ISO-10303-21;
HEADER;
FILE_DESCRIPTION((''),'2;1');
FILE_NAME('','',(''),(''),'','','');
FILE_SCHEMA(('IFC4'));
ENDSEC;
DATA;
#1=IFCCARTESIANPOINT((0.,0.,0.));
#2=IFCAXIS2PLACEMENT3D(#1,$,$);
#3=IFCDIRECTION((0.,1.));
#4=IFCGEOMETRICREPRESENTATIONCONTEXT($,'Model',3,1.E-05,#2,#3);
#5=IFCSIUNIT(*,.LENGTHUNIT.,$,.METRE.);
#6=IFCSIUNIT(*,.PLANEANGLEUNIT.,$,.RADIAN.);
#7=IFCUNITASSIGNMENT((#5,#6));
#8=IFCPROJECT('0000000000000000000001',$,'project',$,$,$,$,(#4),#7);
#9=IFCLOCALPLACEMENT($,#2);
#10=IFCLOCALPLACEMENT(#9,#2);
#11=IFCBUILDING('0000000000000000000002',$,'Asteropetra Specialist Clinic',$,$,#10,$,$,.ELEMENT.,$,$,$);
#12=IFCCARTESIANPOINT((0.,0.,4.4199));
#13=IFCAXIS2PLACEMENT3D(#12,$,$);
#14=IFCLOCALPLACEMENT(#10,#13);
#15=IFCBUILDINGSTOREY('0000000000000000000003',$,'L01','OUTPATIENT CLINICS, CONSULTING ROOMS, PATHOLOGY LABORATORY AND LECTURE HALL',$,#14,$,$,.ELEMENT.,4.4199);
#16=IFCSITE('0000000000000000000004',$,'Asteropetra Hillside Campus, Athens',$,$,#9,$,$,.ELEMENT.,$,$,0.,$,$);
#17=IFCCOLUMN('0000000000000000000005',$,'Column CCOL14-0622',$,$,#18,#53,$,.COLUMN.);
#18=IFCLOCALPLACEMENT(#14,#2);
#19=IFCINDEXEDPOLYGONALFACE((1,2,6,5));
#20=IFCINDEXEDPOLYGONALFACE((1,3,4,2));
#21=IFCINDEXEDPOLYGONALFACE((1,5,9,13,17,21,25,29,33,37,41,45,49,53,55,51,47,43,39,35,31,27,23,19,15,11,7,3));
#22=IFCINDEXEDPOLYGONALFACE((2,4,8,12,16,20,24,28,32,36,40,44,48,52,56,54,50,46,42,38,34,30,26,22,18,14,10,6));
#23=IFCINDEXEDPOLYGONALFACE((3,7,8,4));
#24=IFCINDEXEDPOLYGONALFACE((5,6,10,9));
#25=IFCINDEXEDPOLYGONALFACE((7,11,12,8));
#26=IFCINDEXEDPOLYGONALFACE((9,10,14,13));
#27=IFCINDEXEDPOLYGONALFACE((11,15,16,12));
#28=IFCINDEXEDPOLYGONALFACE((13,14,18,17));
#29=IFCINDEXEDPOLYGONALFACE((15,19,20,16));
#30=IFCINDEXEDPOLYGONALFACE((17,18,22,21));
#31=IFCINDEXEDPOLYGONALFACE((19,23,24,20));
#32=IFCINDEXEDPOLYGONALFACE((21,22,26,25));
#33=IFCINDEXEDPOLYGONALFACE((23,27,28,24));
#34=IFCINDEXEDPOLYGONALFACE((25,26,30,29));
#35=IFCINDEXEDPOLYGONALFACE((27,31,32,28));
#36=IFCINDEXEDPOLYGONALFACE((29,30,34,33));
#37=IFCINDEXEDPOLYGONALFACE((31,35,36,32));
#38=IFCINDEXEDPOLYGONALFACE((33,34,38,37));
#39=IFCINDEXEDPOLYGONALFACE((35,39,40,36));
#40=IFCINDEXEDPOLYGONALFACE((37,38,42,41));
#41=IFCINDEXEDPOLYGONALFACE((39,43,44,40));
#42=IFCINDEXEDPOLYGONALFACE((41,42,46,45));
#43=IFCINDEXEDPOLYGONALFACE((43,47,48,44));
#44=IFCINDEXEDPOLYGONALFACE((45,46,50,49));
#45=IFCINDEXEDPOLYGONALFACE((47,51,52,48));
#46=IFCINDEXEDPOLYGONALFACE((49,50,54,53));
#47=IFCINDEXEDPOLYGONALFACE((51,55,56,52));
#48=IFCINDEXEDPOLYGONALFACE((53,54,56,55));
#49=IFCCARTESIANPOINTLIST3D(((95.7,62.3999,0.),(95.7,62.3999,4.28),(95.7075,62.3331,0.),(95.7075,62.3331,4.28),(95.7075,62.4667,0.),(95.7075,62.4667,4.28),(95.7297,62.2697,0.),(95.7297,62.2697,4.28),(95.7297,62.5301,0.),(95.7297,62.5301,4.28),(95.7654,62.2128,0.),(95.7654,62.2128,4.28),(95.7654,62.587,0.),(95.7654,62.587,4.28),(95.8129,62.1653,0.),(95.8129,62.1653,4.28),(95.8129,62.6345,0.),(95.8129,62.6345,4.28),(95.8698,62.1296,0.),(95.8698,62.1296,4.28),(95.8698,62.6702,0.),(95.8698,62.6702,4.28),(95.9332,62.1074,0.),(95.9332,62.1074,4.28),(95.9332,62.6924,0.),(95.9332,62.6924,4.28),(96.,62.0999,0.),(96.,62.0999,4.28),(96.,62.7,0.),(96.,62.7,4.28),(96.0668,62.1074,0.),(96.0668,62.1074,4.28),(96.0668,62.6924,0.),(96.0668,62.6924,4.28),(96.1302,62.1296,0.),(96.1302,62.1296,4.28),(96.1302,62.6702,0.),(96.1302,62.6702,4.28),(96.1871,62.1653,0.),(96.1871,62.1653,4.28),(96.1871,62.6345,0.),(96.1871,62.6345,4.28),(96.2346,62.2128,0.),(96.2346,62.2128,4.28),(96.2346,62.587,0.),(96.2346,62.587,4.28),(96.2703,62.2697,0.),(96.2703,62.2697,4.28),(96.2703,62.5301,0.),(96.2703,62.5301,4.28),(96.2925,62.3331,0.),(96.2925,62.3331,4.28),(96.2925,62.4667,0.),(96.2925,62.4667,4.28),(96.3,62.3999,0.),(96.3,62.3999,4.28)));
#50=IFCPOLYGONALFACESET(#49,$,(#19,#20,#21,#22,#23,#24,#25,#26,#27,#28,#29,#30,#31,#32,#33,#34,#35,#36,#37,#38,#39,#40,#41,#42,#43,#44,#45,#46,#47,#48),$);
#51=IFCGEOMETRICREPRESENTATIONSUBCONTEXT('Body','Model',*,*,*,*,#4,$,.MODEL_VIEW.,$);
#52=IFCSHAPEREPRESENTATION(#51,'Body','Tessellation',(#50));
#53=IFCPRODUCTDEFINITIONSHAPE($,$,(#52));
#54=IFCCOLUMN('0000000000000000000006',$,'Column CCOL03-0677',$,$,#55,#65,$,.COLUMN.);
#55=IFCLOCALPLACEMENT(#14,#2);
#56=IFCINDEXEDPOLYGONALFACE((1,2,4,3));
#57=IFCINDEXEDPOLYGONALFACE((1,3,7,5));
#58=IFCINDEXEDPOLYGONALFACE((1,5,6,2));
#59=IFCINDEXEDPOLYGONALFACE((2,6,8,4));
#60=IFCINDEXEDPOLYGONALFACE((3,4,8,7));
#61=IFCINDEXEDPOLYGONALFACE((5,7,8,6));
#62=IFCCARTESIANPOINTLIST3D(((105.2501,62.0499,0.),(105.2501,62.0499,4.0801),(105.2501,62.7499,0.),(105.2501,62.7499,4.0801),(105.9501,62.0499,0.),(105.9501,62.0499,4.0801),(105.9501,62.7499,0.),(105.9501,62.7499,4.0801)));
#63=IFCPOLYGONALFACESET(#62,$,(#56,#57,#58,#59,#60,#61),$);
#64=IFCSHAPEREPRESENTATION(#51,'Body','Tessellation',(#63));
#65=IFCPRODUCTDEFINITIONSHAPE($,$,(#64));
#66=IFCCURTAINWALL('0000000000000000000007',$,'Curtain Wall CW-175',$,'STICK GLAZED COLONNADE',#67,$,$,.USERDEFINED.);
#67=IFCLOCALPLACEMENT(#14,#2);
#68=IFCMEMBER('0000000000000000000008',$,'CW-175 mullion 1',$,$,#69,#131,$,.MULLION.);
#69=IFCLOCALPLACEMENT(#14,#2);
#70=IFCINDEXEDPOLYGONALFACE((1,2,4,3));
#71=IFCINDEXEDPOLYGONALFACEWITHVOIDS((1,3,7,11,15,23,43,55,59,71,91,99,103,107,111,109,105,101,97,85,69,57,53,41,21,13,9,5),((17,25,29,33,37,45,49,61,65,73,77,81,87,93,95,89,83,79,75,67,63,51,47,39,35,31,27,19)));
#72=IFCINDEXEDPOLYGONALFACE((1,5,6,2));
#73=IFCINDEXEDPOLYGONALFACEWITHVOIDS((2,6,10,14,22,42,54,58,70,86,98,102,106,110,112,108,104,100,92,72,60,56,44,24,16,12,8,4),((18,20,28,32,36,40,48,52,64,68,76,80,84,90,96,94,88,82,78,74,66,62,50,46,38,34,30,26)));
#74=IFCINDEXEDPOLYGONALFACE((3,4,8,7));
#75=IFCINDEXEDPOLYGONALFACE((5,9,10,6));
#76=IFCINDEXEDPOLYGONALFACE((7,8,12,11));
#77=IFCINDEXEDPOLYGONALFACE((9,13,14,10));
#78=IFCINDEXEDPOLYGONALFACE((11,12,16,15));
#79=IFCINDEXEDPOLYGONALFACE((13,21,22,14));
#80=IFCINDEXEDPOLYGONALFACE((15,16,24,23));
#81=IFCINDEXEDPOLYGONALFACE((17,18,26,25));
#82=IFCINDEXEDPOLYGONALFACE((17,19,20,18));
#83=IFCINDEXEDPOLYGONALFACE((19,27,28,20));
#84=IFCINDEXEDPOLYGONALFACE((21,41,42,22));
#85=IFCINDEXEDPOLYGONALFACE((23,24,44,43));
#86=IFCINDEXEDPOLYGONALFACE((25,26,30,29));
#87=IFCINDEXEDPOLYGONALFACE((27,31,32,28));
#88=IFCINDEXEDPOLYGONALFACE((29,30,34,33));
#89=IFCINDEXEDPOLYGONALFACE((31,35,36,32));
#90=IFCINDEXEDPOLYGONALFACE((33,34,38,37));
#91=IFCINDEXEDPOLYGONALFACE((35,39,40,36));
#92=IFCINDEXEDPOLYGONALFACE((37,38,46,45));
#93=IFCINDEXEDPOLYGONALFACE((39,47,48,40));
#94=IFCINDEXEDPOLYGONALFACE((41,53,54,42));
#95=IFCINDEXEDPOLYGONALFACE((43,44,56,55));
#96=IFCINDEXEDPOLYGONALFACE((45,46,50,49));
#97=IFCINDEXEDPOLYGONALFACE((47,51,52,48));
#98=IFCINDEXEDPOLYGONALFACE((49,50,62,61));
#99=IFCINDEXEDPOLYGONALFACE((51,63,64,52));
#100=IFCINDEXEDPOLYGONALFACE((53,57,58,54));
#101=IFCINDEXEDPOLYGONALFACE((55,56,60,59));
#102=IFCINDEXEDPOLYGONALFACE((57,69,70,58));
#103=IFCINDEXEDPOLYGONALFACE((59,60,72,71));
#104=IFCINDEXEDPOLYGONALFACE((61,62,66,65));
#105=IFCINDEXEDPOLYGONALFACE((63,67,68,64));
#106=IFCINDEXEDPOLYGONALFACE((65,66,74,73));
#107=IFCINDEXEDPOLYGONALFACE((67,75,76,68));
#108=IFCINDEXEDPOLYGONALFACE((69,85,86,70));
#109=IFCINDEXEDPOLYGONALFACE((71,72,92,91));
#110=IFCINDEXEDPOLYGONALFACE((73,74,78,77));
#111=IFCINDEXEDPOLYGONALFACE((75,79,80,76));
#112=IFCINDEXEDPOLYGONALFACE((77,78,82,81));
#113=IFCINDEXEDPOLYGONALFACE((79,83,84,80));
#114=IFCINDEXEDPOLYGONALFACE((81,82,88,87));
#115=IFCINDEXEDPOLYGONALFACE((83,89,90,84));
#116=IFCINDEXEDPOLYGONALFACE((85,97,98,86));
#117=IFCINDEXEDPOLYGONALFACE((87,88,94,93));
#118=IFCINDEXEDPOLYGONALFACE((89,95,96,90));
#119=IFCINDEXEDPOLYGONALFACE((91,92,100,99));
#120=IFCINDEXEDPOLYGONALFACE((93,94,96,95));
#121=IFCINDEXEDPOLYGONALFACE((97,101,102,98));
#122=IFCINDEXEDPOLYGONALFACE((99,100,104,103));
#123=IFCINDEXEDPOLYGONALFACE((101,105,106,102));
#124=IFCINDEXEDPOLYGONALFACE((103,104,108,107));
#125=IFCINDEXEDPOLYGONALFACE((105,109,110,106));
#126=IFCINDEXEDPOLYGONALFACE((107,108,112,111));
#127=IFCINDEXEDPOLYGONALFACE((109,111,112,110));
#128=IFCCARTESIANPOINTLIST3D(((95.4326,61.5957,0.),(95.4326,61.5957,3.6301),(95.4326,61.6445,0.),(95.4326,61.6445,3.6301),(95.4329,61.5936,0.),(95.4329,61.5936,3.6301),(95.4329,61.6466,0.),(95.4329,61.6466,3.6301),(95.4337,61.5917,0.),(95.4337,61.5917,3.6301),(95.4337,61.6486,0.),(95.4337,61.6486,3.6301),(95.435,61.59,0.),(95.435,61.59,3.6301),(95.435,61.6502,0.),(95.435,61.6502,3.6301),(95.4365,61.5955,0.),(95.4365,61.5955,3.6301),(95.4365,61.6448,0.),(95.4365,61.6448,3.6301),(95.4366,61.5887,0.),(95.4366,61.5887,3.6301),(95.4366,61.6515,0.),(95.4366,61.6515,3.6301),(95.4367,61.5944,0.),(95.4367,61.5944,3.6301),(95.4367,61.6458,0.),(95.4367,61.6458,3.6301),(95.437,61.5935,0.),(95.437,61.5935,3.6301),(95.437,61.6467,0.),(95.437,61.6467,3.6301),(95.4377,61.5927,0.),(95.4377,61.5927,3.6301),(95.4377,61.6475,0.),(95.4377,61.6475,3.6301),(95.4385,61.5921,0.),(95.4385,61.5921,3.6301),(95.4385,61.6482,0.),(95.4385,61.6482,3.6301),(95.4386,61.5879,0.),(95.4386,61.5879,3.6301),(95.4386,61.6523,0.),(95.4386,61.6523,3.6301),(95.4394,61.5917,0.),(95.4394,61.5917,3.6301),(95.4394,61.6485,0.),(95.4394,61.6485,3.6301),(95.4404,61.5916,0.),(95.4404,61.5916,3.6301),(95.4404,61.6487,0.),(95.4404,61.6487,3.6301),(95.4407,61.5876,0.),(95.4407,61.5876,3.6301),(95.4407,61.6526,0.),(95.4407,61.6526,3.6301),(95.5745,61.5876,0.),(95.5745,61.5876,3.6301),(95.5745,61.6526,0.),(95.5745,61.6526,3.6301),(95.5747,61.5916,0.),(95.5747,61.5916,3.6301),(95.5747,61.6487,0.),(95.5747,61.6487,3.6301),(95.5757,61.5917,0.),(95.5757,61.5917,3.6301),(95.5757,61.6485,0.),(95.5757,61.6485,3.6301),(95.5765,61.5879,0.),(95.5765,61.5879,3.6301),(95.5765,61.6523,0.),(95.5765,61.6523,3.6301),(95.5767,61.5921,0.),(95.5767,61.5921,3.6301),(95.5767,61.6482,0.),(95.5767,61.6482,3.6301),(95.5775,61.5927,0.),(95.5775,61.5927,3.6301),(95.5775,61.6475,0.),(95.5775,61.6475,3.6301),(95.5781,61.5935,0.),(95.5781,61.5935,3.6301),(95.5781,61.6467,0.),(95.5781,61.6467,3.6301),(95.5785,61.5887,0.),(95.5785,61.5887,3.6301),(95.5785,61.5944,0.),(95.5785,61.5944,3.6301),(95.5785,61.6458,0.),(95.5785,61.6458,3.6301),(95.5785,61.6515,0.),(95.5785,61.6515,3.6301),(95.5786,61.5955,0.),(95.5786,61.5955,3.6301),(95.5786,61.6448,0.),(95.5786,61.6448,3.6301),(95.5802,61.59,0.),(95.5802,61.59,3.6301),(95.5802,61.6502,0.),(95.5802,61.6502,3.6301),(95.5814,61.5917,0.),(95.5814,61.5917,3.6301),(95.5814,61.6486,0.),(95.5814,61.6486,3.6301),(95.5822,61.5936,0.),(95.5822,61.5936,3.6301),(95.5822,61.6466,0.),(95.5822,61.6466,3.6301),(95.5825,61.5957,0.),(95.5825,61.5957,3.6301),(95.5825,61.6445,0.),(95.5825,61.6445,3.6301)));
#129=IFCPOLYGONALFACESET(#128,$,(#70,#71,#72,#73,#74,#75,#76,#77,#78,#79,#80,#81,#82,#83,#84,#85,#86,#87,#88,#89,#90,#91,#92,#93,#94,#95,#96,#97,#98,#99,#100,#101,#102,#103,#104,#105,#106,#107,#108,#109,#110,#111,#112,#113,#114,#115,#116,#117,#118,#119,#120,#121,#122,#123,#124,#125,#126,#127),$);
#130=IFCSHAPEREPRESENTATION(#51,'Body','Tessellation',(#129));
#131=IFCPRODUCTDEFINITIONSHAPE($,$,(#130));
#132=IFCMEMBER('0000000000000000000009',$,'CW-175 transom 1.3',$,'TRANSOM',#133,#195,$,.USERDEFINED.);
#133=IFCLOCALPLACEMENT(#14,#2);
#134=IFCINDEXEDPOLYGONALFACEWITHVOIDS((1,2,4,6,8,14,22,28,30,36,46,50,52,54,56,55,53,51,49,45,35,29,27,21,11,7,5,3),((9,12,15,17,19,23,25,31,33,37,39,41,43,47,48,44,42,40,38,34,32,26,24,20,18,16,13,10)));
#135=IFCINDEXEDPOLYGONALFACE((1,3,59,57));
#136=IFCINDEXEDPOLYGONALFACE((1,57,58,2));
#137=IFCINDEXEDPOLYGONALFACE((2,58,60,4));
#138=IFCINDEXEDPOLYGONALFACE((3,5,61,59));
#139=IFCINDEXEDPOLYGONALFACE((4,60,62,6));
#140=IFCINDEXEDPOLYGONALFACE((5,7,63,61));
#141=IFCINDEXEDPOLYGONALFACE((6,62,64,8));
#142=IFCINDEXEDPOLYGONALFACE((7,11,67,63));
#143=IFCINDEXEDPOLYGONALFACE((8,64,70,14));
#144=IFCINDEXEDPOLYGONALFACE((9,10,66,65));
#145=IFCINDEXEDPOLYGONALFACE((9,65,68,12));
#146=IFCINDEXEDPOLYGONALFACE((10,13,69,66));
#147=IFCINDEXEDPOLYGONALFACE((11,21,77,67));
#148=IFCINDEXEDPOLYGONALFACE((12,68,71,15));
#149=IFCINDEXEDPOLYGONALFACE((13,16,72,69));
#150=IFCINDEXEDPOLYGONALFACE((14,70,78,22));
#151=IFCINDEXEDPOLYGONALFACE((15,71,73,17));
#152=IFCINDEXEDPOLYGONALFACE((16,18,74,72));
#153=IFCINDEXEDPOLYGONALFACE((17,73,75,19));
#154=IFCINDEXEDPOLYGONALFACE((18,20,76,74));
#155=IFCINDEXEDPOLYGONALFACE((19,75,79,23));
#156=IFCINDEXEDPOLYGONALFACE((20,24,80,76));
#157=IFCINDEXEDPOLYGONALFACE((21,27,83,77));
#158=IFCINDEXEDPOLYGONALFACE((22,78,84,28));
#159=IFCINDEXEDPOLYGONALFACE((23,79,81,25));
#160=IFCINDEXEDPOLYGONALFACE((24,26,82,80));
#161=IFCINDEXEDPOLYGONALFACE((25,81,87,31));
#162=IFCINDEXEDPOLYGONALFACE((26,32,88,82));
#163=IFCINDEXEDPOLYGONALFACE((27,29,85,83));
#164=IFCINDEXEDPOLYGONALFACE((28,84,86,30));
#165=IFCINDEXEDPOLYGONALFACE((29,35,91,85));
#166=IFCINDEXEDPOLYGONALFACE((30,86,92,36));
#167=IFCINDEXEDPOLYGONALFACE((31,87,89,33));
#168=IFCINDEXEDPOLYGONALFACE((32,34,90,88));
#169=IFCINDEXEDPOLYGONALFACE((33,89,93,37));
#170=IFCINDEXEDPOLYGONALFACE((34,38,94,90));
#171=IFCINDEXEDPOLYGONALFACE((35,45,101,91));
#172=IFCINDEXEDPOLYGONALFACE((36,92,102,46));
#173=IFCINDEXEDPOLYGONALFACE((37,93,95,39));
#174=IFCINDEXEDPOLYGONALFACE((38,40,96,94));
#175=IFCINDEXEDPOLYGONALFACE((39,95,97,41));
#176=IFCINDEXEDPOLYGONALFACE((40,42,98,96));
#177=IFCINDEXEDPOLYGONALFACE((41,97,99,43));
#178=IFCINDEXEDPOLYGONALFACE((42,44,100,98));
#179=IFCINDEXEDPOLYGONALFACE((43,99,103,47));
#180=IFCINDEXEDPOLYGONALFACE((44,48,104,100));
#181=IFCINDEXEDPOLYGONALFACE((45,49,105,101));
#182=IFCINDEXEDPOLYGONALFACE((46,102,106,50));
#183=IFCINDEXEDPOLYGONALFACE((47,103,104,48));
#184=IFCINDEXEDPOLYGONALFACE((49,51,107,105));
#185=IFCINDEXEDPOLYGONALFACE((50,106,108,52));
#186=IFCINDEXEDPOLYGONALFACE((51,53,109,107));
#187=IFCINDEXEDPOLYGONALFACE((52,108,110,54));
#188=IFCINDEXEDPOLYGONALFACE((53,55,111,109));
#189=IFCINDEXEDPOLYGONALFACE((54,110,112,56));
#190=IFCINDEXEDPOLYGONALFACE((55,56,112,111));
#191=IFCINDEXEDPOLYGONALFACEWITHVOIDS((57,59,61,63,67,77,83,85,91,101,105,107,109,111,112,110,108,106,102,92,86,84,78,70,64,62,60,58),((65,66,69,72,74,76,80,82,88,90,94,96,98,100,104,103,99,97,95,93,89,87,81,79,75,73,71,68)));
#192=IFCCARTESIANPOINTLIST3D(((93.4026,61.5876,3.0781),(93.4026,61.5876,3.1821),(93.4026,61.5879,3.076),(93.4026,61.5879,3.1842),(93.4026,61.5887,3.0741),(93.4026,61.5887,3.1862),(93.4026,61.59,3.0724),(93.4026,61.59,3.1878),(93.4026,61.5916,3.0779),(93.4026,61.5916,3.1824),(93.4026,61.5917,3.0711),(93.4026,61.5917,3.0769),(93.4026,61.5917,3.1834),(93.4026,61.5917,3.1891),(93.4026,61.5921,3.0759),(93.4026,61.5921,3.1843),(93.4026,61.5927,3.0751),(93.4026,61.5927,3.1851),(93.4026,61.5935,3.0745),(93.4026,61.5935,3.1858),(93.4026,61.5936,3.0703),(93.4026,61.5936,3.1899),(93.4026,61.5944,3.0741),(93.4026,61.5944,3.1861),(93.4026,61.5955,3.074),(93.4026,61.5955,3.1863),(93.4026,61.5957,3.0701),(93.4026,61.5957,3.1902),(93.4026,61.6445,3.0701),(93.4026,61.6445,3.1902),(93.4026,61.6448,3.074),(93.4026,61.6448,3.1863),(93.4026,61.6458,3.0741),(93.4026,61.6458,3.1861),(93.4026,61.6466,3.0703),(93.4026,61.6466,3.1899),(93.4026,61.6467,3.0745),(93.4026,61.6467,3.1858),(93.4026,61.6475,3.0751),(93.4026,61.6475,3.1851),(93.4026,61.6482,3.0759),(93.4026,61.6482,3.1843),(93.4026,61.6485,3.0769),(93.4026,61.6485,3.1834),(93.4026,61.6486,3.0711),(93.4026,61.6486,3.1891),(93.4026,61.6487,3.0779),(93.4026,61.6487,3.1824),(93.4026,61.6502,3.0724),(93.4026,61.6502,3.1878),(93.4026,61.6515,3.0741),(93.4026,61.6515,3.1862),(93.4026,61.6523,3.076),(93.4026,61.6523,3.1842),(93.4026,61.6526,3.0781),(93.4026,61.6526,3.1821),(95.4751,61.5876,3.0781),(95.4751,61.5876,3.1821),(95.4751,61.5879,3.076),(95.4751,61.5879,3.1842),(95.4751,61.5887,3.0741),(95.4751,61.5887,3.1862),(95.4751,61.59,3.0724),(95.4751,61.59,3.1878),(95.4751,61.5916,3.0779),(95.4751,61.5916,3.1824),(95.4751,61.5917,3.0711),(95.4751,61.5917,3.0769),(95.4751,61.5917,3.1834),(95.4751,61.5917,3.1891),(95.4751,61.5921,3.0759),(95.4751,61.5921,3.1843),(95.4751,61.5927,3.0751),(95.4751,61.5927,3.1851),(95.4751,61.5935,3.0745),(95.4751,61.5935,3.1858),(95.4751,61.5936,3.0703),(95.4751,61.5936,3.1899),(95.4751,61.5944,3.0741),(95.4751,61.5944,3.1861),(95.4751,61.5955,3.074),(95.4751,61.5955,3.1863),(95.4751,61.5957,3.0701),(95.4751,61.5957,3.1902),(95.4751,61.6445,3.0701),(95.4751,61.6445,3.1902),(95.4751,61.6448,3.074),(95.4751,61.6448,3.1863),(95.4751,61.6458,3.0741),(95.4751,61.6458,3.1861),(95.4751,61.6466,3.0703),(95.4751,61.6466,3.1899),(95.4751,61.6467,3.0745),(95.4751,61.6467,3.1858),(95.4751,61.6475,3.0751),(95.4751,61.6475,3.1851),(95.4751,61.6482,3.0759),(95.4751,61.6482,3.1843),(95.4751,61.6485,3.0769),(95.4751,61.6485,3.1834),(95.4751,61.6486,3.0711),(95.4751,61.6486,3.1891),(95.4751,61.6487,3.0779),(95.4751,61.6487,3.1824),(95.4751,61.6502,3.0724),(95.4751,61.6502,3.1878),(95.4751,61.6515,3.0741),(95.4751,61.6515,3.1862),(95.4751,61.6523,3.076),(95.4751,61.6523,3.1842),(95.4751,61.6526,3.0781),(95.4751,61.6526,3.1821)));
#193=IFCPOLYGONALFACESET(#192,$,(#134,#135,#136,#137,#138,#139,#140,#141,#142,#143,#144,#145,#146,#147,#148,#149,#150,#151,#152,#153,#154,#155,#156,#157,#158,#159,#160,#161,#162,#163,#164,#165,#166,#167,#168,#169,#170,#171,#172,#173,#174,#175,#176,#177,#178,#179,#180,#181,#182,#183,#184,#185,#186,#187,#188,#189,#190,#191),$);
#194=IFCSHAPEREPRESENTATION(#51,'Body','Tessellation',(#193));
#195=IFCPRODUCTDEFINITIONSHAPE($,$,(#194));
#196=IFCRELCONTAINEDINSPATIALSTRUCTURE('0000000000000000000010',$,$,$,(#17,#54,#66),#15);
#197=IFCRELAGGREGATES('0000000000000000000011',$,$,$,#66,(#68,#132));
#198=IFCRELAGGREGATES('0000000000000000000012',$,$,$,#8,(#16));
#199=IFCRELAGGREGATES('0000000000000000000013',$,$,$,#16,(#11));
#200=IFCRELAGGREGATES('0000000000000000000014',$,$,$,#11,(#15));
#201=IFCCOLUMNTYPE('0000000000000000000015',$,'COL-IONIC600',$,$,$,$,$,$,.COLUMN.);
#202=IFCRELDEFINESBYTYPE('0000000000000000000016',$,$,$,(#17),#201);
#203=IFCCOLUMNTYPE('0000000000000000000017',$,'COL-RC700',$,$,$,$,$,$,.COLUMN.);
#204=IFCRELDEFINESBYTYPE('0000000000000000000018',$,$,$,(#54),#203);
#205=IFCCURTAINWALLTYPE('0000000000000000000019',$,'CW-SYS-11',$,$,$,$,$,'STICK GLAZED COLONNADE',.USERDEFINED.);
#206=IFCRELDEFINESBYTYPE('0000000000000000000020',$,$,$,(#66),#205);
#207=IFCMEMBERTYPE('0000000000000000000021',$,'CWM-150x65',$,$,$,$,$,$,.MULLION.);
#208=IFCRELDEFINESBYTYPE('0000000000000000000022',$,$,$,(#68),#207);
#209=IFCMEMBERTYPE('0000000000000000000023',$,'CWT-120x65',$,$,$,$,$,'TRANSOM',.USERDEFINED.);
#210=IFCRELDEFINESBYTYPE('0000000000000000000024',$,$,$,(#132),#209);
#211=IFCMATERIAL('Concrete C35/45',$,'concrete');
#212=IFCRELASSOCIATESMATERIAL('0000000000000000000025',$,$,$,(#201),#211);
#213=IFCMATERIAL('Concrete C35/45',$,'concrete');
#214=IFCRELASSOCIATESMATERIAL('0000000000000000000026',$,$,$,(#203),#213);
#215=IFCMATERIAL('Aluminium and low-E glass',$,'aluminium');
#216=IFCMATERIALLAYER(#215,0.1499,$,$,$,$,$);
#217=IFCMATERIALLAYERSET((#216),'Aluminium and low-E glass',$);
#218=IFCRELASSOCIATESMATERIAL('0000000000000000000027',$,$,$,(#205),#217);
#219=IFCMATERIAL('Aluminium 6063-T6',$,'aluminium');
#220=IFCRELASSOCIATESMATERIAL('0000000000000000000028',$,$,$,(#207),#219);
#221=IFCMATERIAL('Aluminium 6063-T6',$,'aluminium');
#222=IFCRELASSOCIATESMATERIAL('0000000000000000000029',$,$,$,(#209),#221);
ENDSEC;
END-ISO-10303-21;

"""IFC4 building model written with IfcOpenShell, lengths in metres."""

from ifc_helpers import new_model, si_unit, direction, frame, origin, origin_2d, place, context, subcontext, project, spatial, rectangle, hollow_rectangle, circle, extrude, material, layer, layer_set, material_profile, profile_set, type_object, element, aggregate, save


model = new_model("IFC4")

# Units and contexts
model_context = context("Model", 3, precision=1e-05, world=origin(), true_north=direction((0.0, 1.0)))
body_context = subcontext(model_context, "Body", "Model", "MODEL_VIEW")
ifc_project = project(units=[si_unit("LENGTHUNIT", "METRE"), si_unit("PLANEANGLEUNIT", "RADIAN")], contexts=[model_context])

# Site, building, storey
site_placement = place(None, origin())
site = spatial("IfcSite", under=ifc_project, at=site_placement, Name="Asteropetra Hillside Campus, Athens", CompositionType="ELEMENT", RefElevation=0.0)
building_placement = place(site_placement, origin())
building = spatial("IfcBuilding", under=site, at=building_placement, Name="Asteropetra Specialist Clinic", CompositionType="ELEMENT")
storey_placement = place(building_placement, frame((0.0, 0.0, 4.4199)))
storey = spatial("IfcBuildingStorey", under=building, at=storey_placement, Name="L01", Description="OUTPATIENT CLINICS, CONSULTING ROOMS, PATHOLOGY LABORATORY AND LECTURE HALL", CompositionType="ELEMENT", Elevation=4.4199)

# Columns
ifc_material_1 = material(Name="Concrete C35/45", Category="concrete")
ifc_material_profile_1 = material_profile(ifc_material_1, circle(Radius=0.3, at=origin_2d()), Name="RCC D600")
ifc_profile_set_1 = profile_set([ifc_material_profile_1], Name="Concrete C35/45")
column_type_1 = type_object("IfcColumnType", Name="COL-IONIC600", PredefinedType="COLUMN", material=ifc_profile_set_1)
column_1_placement = place(storey_placement, frame((96.0, 62.3999, 0.0), z_axis=(0.0, 0.0, 1.0), x_axis=(1.0, 0.0, 0.0)))
element("IfcColumn", 1, at=column_1_placement, inside=storey, type_object=column_type_1, Name="Column CCOL14-0622", PredefinedType="COLUMN", context=body_context, shape_type="SweptSolid", body=[
    extrude(circle(Radius=0.3, at=origin_2d()), origin(), (0.0, 0.0, 1.0), 4.28),
])
ifc_material_2 = material(Name="Concrete C35/45", Category="concrete")
ifc_material_profile_2 = material_profile(ifc_material_2, rectangle(XDim=0.7, YDim=0.7, at=origin_2d()), Name="RC 700x700")
ifc_profile_set_2 = profile_set([ifc_material_profile_2], Name="Concrete C35/45")
column_type_2 = type_object("IfcColumnType", Name="COL-RC700", PredefinedType="COLUMN", material=ifc_profile_set_2)
column_2_placement = place(storey_placement, frame((105.6001, 62.3999, 0.0), z_axis=(0.0, 0.0, 1.0), x_axis=(1.0, 0.0, 0.0)))
element("IfcColumn", 2, at=column_2_placement, inside=storey, type_object=column_type_2, Name="Column CCOL03-0677", PredefinedType="COLUMN", context=body_context, shape_type="SweptSolid", body=[
    extrude(rectangle(XDim=0.7, YDim=0.7, at=origin_2d()), origin(), (0.0, 0.0, 1.0), 4.0801),
])

# Curtain wall, members
ifc_material_3 = material(Name="Aluminium and low-E glass", Category="aluminium")
ifc_layer_1 = layer(ifc_material_3, 0.1499)
ifc_layer_set_1 = layer_set([ifc_layer_1], Name="Aluminium and low-E glass")
curtain_wall_type = type_object("IfcCurtainWallType", Name="CW-SYS-11", ElementType="STICK GLAZED COLONNADE", PredefinedType="USERDEFINED", material=ifc_layer_set_1)
curtain_wall_placement = place(storey_placement, origin())
curtain_wall = element("IfcCurtainWall", 3, at=curtain_wall_placement, inside=storey, type_object=curtain_wall_type, Name="Curtain Wall CW-175", ObjectType="STICK GLAZED COLONNADE", PredefinedType="USERDEFINED")
ifc_material_4 = material(Name="Aluminium 6063-T6", Category="aluminium")
ifc_material_profile_3 = material_profile(ifc_material_4, hollow_rectangle(XDim=0.0649, YDim=0.1499, WallThickness=0.0039, InnerFilletRadius=0.0039, OuterFilletRadius=0.0081, at=origin_2d()), Name="MUL 150x65x4.0")
ifc_profile_set_3 = profile_set([ifc_material_profile_3], Name="Aluminium 6063-T6")
member_type_1 = type_object("IfcMemberType", Name="CWM-150x65", PredefinedType="MULLION", material=ifc_profile_set_3)
member_1_placement = place(storey_placement, frame((95.5076, 61.6201, 0.0), z_axis=(0.0, 0.0, 1.0), x_axis=(0.0, -1.0, 0.0)))
member_1 = element("IfcMember", 4, at=member_1_placement, type_object=member_type_1, Name="CW-175 mullion 1", PredefinedType="MULLION", context=body_context, shape_type="SweptSolid", body=[
    extrude(hollow_rectangle(XDim=0.0649, YDim=0.1499, WallThickness=0.0039, InnerFilletRadius=0.0039, OuterFilletRadius=0.0081, at=origin_2d()), origin(), (0.0, 0.0, 1.0), 3.6301),
])
ifc_material_5 = material(Name="Aluminium 6063-T6", Category="aluminium")
ifc_material_profile_4 = material_profile(ifc_material_5, hollow_rectangle(XDim=0.0649, YDim=0.1201, WallThickness=0.0039, InnerFilletRadius=0.0039, OuterFilletRadius=0.0081, at=origin_2d()), Name="TRN 120x65x4.0")
ifc_profile_set_4 = profile_set([ifc_material_profile_4], Name="Aluminium 6063-T6")
member_type_2 = type_object("IfcMemberType", Name="CWT-120x65", ElementType="TRANSOM", PredefinedType="USERDEFINED", material=ifc_profile_set_4)
member_2_placement = place(storey_placement, frame((95.4751, 61.6201, 3.1301), z_axis=(-1.0, 0.0, 0.0), x_axis=(0.0, -1.0, 0.0)))
member_2 = element("IfcMember", 5, at=member_2_placement, type_object=member_type_2, Name="CW-175 transom 1.3", ObjectType="TRANSOM", PredefinedType="USERDEFINED", context=body_context, shape_type="SweptSolid", body=[
    extrude(hollow_rectangle(XDim=0.0649, YDim=0.1201, WallThickness=0.0039, InnerFilletRadius=0.0039, OuterFilletRadius=0.0081, at=origin_2d()), origin(), (0.0, 0.0, 1.0), 2.0725),
])
aggregate(curtain_wall, [member_1, member_2])

save(model, "model.ifc")
